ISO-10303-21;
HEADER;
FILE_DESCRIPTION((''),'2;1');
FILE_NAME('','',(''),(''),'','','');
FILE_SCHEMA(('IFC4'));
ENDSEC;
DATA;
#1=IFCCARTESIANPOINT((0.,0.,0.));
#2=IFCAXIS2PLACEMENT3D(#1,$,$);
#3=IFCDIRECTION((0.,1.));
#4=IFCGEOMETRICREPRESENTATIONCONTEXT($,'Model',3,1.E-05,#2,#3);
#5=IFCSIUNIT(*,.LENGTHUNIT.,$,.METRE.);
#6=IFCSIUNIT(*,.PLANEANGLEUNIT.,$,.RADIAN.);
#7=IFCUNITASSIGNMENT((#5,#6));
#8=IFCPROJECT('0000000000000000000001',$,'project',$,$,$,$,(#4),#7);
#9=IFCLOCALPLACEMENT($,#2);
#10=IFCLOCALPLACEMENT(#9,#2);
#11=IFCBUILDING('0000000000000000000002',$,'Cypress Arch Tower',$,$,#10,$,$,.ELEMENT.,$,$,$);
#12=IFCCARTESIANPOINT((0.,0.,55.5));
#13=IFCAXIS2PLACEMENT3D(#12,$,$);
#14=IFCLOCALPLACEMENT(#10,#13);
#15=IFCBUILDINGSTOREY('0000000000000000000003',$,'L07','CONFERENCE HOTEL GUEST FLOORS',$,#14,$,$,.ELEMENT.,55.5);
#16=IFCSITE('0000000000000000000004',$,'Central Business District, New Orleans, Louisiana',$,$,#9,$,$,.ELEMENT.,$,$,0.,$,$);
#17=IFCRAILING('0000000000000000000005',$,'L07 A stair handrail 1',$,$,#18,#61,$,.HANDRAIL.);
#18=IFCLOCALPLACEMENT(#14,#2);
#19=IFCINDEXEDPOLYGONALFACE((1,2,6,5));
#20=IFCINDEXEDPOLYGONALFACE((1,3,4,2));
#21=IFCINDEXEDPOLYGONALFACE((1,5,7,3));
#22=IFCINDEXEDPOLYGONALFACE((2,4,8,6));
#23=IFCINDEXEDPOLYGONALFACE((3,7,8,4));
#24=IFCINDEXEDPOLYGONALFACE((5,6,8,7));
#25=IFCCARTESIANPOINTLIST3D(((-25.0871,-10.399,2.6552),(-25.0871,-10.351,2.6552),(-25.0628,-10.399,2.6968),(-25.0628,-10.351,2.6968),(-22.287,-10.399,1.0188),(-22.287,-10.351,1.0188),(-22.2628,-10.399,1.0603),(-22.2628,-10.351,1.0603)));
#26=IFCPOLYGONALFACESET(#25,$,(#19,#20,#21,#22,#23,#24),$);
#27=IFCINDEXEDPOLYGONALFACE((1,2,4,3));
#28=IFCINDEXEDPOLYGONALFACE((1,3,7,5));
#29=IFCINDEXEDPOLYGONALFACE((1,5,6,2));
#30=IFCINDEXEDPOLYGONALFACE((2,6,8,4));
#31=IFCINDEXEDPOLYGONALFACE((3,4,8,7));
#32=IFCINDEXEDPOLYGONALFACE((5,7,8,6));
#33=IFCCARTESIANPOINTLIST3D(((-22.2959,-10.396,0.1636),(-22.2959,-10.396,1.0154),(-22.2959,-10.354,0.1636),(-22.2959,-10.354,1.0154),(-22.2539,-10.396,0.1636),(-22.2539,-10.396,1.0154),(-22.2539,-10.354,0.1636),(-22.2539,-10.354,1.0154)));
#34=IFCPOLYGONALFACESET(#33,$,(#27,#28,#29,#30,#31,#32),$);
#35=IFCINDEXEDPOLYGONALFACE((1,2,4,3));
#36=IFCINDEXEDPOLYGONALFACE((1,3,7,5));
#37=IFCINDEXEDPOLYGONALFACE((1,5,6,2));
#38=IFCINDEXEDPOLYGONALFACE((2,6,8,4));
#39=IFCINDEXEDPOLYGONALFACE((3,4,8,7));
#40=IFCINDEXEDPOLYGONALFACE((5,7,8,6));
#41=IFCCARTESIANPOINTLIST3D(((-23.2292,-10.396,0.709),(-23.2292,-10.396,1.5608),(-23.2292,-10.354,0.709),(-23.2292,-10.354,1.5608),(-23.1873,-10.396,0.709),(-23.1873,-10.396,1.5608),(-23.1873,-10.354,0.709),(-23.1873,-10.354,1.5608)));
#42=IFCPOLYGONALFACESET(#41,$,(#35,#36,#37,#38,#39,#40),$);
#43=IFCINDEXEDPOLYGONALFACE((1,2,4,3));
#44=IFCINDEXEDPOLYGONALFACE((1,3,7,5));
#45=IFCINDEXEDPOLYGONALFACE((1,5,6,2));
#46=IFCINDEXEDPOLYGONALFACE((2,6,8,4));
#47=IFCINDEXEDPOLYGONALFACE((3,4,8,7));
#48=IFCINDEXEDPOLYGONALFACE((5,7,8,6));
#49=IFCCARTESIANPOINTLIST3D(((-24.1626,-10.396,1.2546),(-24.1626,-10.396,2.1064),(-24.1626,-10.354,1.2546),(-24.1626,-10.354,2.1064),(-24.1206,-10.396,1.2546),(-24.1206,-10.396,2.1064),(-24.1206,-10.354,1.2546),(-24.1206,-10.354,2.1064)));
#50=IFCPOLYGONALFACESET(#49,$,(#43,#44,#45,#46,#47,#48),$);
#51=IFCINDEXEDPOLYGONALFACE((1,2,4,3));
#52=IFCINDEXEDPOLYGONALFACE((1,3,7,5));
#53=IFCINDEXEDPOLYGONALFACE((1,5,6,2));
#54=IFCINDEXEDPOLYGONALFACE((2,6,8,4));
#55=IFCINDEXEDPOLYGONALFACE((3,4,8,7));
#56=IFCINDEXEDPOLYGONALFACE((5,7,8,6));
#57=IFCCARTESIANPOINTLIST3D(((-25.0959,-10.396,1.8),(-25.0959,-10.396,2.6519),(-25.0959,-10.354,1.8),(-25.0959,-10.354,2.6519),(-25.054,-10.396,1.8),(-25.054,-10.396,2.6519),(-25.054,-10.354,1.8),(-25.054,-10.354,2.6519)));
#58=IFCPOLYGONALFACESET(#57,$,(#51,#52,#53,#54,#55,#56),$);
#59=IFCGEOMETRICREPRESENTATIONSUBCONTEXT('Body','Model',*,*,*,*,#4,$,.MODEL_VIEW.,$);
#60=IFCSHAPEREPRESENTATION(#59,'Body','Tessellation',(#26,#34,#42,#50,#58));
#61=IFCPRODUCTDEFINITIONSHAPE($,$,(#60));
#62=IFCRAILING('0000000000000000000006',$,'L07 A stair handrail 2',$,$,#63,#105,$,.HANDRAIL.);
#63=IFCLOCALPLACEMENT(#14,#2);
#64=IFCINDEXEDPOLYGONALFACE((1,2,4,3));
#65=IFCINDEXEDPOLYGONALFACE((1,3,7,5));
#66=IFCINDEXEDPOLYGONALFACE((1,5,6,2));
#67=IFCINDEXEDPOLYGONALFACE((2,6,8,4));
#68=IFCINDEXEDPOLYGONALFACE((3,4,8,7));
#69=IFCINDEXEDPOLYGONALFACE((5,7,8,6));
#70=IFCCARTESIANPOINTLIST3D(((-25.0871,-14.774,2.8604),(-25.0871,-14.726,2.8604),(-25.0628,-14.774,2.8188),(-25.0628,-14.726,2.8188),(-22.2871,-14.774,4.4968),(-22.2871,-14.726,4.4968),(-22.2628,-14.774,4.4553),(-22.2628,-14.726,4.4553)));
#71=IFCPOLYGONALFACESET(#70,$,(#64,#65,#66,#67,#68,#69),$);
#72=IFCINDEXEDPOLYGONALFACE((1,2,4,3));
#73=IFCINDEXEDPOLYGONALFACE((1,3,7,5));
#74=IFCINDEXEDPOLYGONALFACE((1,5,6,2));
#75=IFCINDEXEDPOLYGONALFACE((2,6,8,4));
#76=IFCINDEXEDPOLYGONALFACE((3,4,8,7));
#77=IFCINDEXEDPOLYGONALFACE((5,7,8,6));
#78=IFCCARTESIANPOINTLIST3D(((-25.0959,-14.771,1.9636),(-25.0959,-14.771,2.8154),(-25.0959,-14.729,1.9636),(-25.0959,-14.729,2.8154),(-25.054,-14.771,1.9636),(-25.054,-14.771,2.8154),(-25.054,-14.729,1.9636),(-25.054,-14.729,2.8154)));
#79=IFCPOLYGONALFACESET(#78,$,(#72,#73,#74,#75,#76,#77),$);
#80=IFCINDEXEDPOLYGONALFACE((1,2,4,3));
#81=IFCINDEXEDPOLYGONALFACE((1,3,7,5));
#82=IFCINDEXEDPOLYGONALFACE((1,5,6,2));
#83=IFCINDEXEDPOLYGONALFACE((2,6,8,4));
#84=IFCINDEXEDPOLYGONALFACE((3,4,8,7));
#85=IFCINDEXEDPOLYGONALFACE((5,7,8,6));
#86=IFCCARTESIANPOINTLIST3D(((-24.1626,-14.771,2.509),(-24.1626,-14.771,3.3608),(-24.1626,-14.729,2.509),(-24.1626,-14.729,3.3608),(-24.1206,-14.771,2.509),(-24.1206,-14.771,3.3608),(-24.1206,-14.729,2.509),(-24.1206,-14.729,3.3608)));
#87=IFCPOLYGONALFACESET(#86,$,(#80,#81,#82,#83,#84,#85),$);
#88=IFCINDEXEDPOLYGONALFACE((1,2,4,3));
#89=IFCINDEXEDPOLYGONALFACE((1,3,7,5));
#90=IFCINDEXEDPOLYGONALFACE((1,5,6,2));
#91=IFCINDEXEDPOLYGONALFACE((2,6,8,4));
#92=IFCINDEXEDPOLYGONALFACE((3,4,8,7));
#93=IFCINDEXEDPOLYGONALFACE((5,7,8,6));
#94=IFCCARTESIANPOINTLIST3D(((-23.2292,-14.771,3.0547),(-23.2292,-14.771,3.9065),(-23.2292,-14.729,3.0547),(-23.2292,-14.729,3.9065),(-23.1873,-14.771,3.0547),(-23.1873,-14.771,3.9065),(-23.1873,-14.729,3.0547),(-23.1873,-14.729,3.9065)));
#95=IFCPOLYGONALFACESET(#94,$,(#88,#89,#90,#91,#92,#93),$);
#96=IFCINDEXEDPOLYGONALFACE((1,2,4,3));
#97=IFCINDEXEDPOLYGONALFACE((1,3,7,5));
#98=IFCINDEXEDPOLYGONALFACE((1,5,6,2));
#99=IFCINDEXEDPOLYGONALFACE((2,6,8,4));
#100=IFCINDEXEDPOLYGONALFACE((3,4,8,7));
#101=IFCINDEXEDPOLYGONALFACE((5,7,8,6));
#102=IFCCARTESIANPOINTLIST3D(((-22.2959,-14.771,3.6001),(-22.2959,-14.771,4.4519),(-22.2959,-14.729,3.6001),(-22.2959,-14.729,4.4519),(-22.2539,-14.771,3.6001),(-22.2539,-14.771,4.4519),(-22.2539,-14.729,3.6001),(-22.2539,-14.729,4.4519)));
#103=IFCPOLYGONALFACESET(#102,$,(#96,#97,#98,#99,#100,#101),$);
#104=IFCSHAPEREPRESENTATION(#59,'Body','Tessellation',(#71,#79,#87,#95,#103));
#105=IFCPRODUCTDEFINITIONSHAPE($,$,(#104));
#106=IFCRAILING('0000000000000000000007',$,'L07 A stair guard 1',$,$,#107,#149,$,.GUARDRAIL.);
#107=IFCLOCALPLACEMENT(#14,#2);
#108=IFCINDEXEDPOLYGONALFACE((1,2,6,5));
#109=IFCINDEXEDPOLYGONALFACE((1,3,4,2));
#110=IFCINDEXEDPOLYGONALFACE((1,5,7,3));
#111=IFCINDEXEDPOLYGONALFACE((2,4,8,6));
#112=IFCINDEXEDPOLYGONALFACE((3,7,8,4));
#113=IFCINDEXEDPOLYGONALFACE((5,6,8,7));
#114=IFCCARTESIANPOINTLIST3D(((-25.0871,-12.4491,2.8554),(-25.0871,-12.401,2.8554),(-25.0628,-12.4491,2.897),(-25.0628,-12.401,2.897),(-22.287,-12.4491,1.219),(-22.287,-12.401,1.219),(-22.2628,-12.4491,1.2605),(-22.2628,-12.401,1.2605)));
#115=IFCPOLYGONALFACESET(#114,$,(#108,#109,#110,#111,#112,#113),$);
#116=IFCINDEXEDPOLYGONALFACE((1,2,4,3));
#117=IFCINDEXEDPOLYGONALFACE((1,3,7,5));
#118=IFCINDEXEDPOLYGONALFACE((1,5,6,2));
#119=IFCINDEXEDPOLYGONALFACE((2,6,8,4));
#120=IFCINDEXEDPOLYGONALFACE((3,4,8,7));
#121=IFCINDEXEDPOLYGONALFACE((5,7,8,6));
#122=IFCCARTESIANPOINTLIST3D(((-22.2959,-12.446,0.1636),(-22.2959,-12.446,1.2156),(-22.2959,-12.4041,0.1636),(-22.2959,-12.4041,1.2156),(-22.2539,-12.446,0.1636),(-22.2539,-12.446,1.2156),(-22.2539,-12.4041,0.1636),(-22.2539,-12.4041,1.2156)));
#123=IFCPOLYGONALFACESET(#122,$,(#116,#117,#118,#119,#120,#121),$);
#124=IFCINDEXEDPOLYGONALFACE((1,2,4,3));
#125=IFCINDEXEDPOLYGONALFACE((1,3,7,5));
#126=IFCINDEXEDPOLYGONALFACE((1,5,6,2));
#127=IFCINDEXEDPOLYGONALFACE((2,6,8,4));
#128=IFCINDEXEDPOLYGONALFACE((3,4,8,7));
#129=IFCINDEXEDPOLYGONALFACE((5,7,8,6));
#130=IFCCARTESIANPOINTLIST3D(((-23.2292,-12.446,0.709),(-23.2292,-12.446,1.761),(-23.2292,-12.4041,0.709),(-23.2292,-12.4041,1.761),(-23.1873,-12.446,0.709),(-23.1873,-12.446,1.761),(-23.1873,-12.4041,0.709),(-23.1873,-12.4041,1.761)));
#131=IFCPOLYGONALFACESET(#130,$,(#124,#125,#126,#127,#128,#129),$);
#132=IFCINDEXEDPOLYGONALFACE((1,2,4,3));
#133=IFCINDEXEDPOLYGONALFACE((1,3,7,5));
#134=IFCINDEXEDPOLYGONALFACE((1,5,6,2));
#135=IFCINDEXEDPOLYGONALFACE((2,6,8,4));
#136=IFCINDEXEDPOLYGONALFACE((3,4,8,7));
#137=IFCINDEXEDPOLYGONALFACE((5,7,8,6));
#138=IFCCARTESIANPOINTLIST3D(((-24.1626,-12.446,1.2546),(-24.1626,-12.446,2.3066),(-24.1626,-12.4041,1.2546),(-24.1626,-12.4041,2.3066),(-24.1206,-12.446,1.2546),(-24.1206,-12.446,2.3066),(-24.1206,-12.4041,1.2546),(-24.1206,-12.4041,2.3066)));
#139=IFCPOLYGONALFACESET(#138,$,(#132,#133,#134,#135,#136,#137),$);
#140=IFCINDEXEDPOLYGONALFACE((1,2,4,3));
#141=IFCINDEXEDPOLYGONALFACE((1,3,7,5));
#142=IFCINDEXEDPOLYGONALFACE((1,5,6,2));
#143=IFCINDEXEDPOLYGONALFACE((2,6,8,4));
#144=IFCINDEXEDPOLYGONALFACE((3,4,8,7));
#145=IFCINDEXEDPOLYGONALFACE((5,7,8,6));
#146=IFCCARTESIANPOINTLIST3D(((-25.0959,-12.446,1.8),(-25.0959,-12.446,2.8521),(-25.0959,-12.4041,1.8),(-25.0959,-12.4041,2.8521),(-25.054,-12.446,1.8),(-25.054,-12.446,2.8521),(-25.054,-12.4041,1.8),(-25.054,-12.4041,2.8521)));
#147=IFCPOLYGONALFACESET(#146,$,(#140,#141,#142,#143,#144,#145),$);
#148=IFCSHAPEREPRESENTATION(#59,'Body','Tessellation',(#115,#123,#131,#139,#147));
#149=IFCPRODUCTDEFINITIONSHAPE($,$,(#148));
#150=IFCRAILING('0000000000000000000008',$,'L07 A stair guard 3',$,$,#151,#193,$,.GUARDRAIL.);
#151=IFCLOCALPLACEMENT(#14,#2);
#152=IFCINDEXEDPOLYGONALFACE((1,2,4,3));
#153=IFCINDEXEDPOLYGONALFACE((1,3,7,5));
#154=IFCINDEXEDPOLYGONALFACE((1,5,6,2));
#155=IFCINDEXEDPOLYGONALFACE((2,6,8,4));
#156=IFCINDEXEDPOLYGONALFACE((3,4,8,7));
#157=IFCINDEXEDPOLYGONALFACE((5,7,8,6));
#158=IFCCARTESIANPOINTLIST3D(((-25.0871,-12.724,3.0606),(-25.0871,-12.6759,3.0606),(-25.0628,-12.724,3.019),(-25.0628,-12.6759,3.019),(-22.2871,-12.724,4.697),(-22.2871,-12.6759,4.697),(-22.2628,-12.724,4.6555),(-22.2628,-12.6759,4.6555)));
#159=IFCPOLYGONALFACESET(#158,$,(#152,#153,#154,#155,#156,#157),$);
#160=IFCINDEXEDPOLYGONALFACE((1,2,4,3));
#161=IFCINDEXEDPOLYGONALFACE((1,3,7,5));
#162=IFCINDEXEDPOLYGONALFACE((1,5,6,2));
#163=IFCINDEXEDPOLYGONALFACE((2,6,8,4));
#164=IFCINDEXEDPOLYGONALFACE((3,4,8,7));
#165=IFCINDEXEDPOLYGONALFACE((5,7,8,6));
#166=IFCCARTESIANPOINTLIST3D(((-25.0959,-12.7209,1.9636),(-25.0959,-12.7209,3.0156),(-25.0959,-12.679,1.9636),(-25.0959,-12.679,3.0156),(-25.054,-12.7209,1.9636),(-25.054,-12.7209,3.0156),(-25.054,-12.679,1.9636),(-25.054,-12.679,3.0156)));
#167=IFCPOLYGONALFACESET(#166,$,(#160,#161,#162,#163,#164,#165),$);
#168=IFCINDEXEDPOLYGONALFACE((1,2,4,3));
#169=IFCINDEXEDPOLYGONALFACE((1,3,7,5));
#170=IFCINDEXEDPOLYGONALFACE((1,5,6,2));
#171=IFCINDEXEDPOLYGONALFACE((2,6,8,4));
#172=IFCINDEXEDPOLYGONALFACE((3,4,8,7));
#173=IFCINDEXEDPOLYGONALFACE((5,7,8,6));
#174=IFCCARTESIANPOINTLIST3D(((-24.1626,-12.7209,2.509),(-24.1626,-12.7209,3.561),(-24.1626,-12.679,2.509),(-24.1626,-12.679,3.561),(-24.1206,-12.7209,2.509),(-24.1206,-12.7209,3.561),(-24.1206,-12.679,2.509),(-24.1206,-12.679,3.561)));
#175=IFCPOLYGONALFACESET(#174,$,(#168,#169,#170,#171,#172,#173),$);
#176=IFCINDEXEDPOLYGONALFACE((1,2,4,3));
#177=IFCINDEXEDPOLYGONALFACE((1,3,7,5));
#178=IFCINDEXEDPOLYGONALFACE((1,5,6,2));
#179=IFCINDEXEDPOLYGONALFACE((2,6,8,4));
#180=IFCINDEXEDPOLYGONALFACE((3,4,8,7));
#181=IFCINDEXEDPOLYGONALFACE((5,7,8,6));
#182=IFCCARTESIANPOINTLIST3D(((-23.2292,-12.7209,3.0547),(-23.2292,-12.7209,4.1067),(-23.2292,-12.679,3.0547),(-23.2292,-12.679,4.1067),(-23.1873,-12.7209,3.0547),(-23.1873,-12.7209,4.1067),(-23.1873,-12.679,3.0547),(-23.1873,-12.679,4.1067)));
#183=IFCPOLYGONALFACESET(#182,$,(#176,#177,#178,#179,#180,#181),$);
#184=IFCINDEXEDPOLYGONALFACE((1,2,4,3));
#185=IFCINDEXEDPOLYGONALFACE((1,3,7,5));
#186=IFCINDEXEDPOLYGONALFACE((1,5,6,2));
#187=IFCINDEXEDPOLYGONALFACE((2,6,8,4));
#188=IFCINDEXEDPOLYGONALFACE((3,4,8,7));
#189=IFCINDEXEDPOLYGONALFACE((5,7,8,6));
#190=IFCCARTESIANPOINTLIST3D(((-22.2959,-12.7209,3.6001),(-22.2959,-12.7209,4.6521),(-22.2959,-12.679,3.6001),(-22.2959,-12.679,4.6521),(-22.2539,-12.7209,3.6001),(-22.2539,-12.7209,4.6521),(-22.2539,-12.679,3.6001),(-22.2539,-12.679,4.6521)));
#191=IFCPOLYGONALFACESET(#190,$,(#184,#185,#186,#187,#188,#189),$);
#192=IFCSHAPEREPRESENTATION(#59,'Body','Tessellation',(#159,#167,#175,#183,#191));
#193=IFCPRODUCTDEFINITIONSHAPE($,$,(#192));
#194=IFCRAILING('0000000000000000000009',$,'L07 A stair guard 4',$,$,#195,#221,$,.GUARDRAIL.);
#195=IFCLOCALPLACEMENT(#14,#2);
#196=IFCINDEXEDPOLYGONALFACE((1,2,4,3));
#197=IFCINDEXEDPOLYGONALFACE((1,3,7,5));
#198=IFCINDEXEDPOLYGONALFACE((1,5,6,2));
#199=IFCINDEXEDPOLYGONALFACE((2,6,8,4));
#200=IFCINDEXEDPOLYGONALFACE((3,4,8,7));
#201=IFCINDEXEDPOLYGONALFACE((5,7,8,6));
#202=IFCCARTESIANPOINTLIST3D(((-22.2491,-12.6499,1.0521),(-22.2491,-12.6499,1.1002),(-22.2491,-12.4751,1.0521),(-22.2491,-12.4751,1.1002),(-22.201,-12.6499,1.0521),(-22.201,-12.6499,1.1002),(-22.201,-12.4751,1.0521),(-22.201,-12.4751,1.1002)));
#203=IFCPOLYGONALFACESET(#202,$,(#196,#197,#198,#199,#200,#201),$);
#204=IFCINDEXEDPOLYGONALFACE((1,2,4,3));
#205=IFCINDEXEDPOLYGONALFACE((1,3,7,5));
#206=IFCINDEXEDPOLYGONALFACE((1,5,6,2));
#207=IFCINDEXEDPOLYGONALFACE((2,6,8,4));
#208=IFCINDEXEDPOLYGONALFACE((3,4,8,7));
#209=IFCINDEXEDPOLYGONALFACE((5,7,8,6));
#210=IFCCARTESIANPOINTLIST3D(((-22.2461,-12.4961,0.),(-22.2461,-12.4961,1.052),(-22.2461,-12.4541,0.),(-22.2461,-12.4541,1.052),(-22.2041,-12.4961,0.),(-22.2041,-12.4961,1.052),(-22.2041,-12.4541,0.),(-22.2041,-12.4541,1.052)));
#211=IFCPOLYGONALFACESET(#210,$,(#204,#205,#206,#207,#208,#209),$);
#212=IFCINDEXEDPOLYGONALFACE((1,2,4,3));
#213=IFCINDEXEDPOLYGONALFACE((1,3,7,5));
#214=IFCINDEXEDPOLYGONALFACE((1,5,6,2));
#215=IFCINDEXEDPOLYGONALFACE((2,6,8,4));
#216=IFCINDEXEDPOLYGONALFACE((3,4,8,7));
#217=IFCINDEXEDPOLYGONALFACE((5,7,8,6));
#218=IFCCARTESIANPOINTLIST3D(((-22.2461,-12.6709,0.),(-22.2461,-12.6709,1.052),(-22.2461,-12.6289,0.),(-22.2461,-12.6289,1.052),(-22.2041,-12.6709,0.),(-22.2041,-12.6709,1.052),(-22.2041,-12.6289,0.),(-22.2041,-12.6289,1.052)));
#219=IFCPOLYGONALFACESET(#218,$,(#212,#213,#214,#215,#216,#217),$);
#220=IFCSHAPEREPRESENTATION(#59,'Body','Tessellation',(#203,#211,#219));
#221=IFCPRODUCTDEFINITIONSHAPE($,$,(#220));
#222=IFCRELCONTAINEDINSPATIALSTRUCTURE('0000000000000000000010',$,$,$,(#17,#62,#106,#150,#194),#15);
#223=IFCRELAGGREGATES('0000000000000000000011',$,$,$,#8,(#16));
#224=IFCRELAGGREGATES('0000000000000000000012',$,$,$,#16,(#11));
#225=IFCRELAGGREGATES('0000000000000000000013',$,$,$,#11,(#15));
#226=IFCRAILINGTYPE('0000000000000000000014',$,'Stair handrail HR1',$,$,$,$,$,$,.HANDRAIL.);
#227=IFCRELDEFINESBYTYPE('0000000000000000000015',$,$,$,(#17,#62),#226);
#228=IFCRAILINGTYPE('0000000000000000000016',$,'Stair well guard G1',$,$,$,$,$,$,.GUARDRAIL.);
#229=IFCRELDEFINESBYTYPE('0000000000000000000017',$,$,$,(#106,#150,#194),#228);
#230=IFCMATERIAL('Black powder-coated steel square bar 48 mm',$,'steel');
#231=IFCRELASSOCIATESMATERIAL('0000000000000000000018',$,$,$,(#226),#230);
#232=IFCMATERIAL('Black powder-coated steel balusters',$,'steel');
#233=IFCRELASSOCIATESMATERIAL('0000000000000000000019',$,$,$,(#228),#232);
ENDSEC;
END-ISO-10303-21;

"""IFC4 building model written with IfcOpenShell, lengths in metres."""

from ifc_helpers import new_model, si_unit, direction, frame, origin, origin_2d, place, context, subcontext, project, spatial, rectangle, extrude, material, type_object, element, save


model = new_model("IFC4")

# Units and contexts
model_context = context("Model", 3, precision=1e-05, world=origin(), true_north=direction((0.0, 1.0)))
body_context = subcontext(model_context, "Body", "Model", "MODEL_VIEW")
ifc_project = project(units=[si_unit("LENGTHUNIT", "METRE"), si_unit("PLANEANGLEUNIT", "RADIAN")], contexts=[model_context])

# Site, building, storey
site_placement = place(None, origin())
site = spatial("IfcSite", under=ifc_project, at=site_placement, Name="Central Business District, New Orleans, Louisiana", CompositionType="ELEMENT", RefElevation=0.0)
building_placement = place(site_placement, origin())
building = spatial("IfcBuilding", under=site, at=building_placement, Name="Cypress Arch Tower", CompositionType="ELEMENT")
storey_placement = place(building_placement, frame((0.0, 0.0, 55.5)))
storey = spatial("IfcBuildingStorey", under=building, at=storey_placement, Name="L07", Description="CONFERENCE HOTEL GUEST FLOORS", CompositionType="ELEMENT", Elevation=55.5)

# Railings
ifc_material_1 = material(Name="Black powder-coated steel square bar 48 mm", Category="steel")
railing_type_1 = type_object("IfcRailingType", Name="Stair handrail HR1", PredefinedType="HANDRAIL", material=ifc_material_1)
railing_1_placement = place(storey_placement, frame((-22.2749, -10.375, 0.1636)))
element("IfcRailing", 1, at=railing_1_placement, inside=storey, type_object=railing_type_1, Name="L07 A stair handrail 1", PredefinedType="HANDRAIL", context=body_context, shape_type="SweptSolid", body=[
    extrude(rectangle(XDim=0.0481, YDim=0.0481, at=origin_2d()), frame((0.0, 0.0, 0.876), z_axis=(-0.863361, 0.0, 0.504587), x_axis=(0.0, -1.0, 0.0)), (0.0, 0.0, 1.0), 3.2432),
    extrude(rectangle(XDim=0.042, YDim=0.042, at=origin_2d()), origin(), (0.0, 0.0, 1.0), 0.8518),
    extrude(rectangle(XDim=0.042, YDim=0.042, at=origin_2d()), frame((-0.9333, 0.0, 0.5454)), (0.0, 0.0, 1.0), 0.8518),
    extrude(rectangle(XDim=0.042, YDim=0.042, at=origin_2d()), frame((-1.8667, 0.0, 1.0911)), (0.0, 0.0, 1.0), 0.8518),
    extrude(rectangle(XDim=0.042, YDim=0.042, at=origin_2d()), frame((-2.8, 0.0, 1.6365)), (0.0, 0.0, 1.0), 0.8518),
])
railing_2_placement = place(storey_placement, frame((-25.075, -14.75, 1.9636)))
element("IfcRailing", 2, at=railing_2_placement, inside=storey, type_object=railing_type_1, Name="L07 A stair handrail 2", PredefinedType="HANDRAIL", context=body_context, shape_type="SweptSolid", body=[
    extrude(rectangle(XDim=0.0481, YDim=0.0481, at=origin_2d()), frame((0.0, 0.0, 0.876), z_axis=(0.863361, 0.0, 0.504587), x_axis=(0.0, 1.0, 0.0)), (0.0, 0.0, 1.0), 3.2432),
    extrude(rectangle(XDim=0.042, YDim=0.042, at=origin_2d()), origin(), (0.0, 0.0, 1.0), 0.8518),
    extrude(rectangle(XDim=0.042, YDim=0.042, at=origin_2d()), frame((0.9333, 0.0, 0.5454)), (0.0, 0.0, 1.0), 0.8518),
    extrude(rectangle(XDim=0.042, YDim=0.042, at=origin_2d()), frame((1.8667, 0.0, 1.0911)), (0.0, 0.0, 1.0), 0.8518),
    extrude(rectangle(XDim=0.042, YDim=0.042, at=origin_2d()), frame((2.8, 0.0, 1.6365)), (0.0, 0.0, 1.0), 0.8518),
])
ifc_material_2 = material(Name="Black powder-coated steel balusters", Category="steel")
railing_type_2 = type_object("IfcRailingType", Name="Stair well guard G1", PredefinedType="GUARDRAIL", material=ifc_material_2)
railing_3_placement = place(storey_placement, frame((-22.2749, -12.425, 0.1636)))
element("IfcRailing", 3, at=railing_3_placement, inside=storey, type_object=railing_type_2, Name="L07 A stair guard 1", PredefinedType="GUARDRAIL", context=body_context, shape_type="SweptSolid", body=[
    extrude(rectangle(XDim=0.0481, YDim=0.0481, at=origin_2d()), frame((0.0, 0.0, 1.0762), z_axis=(-0.863361, 0.0, 0.504587), x_axis=(0.0, -1.0, 0.0)), (0.0, 0.0, 1.0), 3.2432),
    extrude(rectangle(XDim=0.042, YDim=0.042, at=origin_2d()), origin(), (0.0, 0.0, 1.0), 1.052),
    extrude(rectangle(XDim=0.042, YDim=0.042, at=origin_2d()), frame((-0.9333, 0.0, 0.5454)), (0.0, 0.0, 1.0), 1.052),
    extrude(rectangle(XDim=0.042, YDim=0.042, at=origin_2d()), frame((-1.8667, 0.0, 1.0911)), (0.0, 0.0, 1.0), 1.052),
    extrude(rectangle(XDim=0.042, YDim=0.042, at=origin_2d()), frame((-2.8, 0.0, 1.6365)), (0.0, 0.0, 1.0), 1.052),
])
railing_4_placement = place(storey_placement, frame((-25.075, -12.7, 1.9636)))
element("IfcRailing", 4, at=railing_4_placement, inside=storey, type_object=railing_type_2, Name="L07 A stair guard 3", PredefinedType="GUARDRAIL", context=body_context, shape_type="SweptSolid", body=[
    extrude(rectangle(XDim=0.0481, YDim=0.0481, at=origin_2d()), frame((0.0, 0.0, 1.0762), z_axis=(0.863361, 0.0, 0.504587), x_axis=(0.0, 1.0, 0.0)), (0.0, 0.0, 1.0), 3.2432),
    extrude(rectangle(XDim=0.042, YDim=0.042, at=origin_2d()), origin(), (0.0, 0.0, 1.0), 1.052),
    extrude(rectangle(XDim=0.042, YDim=0.042, at=origin_2d()), frame((0.9333, 0.0, 0.5454)), (0.0, 0.0, 1.0), 1.052),
    extrude(rectangle(XDim=0.042, YDim=0.042, at=origin_2d()), frame((1.8667, 0.0, 1.0911)), (0.0, 0.0, 1.0), 1.052),
    extrude(rectangle(XDim=0.042, YDim=0.042, at=origin_2d()), frame((2.8, 0.0, 1.6365)), (0.0, 0.0, 1.0), 1.052),
])
railing_5_placement = place(storey_placement, frame((-22.2251, -12.4751, 0.0)))
element("IfcRailing", 5, at=railing_5_placement, inside=storey, type_object=railing_type_2, Name="L07 A stair guard 4", PredefinedType="GUARDRAIL", context=body_context, shape_type="SweptSolid", body=[
    extrude(rectangle(XDim=0.0481, YDim=0.0481, at=origin_2d()), frame((0.0, 0.0, 1.0762), z_axis=(0.0, -1.0, 0.0), x_axis=(1.0, 0.0, 0.0)), (0.0, 0.0, 1.0), 0.1748),
    extrude(rectangle(XDim=0.042, YDim=0.042, at=origin_2d()), origin(), (0.0, 0.0, 1.0), 1.052),
    extrude(rectangle(XDim=0.042, YDim=0.042, at=origin_2d()), frame((0.0, -0.1748, 0.0)), (0.0, 0.0, 1.0), 1.052),
])

save(model, "model.ifc")
